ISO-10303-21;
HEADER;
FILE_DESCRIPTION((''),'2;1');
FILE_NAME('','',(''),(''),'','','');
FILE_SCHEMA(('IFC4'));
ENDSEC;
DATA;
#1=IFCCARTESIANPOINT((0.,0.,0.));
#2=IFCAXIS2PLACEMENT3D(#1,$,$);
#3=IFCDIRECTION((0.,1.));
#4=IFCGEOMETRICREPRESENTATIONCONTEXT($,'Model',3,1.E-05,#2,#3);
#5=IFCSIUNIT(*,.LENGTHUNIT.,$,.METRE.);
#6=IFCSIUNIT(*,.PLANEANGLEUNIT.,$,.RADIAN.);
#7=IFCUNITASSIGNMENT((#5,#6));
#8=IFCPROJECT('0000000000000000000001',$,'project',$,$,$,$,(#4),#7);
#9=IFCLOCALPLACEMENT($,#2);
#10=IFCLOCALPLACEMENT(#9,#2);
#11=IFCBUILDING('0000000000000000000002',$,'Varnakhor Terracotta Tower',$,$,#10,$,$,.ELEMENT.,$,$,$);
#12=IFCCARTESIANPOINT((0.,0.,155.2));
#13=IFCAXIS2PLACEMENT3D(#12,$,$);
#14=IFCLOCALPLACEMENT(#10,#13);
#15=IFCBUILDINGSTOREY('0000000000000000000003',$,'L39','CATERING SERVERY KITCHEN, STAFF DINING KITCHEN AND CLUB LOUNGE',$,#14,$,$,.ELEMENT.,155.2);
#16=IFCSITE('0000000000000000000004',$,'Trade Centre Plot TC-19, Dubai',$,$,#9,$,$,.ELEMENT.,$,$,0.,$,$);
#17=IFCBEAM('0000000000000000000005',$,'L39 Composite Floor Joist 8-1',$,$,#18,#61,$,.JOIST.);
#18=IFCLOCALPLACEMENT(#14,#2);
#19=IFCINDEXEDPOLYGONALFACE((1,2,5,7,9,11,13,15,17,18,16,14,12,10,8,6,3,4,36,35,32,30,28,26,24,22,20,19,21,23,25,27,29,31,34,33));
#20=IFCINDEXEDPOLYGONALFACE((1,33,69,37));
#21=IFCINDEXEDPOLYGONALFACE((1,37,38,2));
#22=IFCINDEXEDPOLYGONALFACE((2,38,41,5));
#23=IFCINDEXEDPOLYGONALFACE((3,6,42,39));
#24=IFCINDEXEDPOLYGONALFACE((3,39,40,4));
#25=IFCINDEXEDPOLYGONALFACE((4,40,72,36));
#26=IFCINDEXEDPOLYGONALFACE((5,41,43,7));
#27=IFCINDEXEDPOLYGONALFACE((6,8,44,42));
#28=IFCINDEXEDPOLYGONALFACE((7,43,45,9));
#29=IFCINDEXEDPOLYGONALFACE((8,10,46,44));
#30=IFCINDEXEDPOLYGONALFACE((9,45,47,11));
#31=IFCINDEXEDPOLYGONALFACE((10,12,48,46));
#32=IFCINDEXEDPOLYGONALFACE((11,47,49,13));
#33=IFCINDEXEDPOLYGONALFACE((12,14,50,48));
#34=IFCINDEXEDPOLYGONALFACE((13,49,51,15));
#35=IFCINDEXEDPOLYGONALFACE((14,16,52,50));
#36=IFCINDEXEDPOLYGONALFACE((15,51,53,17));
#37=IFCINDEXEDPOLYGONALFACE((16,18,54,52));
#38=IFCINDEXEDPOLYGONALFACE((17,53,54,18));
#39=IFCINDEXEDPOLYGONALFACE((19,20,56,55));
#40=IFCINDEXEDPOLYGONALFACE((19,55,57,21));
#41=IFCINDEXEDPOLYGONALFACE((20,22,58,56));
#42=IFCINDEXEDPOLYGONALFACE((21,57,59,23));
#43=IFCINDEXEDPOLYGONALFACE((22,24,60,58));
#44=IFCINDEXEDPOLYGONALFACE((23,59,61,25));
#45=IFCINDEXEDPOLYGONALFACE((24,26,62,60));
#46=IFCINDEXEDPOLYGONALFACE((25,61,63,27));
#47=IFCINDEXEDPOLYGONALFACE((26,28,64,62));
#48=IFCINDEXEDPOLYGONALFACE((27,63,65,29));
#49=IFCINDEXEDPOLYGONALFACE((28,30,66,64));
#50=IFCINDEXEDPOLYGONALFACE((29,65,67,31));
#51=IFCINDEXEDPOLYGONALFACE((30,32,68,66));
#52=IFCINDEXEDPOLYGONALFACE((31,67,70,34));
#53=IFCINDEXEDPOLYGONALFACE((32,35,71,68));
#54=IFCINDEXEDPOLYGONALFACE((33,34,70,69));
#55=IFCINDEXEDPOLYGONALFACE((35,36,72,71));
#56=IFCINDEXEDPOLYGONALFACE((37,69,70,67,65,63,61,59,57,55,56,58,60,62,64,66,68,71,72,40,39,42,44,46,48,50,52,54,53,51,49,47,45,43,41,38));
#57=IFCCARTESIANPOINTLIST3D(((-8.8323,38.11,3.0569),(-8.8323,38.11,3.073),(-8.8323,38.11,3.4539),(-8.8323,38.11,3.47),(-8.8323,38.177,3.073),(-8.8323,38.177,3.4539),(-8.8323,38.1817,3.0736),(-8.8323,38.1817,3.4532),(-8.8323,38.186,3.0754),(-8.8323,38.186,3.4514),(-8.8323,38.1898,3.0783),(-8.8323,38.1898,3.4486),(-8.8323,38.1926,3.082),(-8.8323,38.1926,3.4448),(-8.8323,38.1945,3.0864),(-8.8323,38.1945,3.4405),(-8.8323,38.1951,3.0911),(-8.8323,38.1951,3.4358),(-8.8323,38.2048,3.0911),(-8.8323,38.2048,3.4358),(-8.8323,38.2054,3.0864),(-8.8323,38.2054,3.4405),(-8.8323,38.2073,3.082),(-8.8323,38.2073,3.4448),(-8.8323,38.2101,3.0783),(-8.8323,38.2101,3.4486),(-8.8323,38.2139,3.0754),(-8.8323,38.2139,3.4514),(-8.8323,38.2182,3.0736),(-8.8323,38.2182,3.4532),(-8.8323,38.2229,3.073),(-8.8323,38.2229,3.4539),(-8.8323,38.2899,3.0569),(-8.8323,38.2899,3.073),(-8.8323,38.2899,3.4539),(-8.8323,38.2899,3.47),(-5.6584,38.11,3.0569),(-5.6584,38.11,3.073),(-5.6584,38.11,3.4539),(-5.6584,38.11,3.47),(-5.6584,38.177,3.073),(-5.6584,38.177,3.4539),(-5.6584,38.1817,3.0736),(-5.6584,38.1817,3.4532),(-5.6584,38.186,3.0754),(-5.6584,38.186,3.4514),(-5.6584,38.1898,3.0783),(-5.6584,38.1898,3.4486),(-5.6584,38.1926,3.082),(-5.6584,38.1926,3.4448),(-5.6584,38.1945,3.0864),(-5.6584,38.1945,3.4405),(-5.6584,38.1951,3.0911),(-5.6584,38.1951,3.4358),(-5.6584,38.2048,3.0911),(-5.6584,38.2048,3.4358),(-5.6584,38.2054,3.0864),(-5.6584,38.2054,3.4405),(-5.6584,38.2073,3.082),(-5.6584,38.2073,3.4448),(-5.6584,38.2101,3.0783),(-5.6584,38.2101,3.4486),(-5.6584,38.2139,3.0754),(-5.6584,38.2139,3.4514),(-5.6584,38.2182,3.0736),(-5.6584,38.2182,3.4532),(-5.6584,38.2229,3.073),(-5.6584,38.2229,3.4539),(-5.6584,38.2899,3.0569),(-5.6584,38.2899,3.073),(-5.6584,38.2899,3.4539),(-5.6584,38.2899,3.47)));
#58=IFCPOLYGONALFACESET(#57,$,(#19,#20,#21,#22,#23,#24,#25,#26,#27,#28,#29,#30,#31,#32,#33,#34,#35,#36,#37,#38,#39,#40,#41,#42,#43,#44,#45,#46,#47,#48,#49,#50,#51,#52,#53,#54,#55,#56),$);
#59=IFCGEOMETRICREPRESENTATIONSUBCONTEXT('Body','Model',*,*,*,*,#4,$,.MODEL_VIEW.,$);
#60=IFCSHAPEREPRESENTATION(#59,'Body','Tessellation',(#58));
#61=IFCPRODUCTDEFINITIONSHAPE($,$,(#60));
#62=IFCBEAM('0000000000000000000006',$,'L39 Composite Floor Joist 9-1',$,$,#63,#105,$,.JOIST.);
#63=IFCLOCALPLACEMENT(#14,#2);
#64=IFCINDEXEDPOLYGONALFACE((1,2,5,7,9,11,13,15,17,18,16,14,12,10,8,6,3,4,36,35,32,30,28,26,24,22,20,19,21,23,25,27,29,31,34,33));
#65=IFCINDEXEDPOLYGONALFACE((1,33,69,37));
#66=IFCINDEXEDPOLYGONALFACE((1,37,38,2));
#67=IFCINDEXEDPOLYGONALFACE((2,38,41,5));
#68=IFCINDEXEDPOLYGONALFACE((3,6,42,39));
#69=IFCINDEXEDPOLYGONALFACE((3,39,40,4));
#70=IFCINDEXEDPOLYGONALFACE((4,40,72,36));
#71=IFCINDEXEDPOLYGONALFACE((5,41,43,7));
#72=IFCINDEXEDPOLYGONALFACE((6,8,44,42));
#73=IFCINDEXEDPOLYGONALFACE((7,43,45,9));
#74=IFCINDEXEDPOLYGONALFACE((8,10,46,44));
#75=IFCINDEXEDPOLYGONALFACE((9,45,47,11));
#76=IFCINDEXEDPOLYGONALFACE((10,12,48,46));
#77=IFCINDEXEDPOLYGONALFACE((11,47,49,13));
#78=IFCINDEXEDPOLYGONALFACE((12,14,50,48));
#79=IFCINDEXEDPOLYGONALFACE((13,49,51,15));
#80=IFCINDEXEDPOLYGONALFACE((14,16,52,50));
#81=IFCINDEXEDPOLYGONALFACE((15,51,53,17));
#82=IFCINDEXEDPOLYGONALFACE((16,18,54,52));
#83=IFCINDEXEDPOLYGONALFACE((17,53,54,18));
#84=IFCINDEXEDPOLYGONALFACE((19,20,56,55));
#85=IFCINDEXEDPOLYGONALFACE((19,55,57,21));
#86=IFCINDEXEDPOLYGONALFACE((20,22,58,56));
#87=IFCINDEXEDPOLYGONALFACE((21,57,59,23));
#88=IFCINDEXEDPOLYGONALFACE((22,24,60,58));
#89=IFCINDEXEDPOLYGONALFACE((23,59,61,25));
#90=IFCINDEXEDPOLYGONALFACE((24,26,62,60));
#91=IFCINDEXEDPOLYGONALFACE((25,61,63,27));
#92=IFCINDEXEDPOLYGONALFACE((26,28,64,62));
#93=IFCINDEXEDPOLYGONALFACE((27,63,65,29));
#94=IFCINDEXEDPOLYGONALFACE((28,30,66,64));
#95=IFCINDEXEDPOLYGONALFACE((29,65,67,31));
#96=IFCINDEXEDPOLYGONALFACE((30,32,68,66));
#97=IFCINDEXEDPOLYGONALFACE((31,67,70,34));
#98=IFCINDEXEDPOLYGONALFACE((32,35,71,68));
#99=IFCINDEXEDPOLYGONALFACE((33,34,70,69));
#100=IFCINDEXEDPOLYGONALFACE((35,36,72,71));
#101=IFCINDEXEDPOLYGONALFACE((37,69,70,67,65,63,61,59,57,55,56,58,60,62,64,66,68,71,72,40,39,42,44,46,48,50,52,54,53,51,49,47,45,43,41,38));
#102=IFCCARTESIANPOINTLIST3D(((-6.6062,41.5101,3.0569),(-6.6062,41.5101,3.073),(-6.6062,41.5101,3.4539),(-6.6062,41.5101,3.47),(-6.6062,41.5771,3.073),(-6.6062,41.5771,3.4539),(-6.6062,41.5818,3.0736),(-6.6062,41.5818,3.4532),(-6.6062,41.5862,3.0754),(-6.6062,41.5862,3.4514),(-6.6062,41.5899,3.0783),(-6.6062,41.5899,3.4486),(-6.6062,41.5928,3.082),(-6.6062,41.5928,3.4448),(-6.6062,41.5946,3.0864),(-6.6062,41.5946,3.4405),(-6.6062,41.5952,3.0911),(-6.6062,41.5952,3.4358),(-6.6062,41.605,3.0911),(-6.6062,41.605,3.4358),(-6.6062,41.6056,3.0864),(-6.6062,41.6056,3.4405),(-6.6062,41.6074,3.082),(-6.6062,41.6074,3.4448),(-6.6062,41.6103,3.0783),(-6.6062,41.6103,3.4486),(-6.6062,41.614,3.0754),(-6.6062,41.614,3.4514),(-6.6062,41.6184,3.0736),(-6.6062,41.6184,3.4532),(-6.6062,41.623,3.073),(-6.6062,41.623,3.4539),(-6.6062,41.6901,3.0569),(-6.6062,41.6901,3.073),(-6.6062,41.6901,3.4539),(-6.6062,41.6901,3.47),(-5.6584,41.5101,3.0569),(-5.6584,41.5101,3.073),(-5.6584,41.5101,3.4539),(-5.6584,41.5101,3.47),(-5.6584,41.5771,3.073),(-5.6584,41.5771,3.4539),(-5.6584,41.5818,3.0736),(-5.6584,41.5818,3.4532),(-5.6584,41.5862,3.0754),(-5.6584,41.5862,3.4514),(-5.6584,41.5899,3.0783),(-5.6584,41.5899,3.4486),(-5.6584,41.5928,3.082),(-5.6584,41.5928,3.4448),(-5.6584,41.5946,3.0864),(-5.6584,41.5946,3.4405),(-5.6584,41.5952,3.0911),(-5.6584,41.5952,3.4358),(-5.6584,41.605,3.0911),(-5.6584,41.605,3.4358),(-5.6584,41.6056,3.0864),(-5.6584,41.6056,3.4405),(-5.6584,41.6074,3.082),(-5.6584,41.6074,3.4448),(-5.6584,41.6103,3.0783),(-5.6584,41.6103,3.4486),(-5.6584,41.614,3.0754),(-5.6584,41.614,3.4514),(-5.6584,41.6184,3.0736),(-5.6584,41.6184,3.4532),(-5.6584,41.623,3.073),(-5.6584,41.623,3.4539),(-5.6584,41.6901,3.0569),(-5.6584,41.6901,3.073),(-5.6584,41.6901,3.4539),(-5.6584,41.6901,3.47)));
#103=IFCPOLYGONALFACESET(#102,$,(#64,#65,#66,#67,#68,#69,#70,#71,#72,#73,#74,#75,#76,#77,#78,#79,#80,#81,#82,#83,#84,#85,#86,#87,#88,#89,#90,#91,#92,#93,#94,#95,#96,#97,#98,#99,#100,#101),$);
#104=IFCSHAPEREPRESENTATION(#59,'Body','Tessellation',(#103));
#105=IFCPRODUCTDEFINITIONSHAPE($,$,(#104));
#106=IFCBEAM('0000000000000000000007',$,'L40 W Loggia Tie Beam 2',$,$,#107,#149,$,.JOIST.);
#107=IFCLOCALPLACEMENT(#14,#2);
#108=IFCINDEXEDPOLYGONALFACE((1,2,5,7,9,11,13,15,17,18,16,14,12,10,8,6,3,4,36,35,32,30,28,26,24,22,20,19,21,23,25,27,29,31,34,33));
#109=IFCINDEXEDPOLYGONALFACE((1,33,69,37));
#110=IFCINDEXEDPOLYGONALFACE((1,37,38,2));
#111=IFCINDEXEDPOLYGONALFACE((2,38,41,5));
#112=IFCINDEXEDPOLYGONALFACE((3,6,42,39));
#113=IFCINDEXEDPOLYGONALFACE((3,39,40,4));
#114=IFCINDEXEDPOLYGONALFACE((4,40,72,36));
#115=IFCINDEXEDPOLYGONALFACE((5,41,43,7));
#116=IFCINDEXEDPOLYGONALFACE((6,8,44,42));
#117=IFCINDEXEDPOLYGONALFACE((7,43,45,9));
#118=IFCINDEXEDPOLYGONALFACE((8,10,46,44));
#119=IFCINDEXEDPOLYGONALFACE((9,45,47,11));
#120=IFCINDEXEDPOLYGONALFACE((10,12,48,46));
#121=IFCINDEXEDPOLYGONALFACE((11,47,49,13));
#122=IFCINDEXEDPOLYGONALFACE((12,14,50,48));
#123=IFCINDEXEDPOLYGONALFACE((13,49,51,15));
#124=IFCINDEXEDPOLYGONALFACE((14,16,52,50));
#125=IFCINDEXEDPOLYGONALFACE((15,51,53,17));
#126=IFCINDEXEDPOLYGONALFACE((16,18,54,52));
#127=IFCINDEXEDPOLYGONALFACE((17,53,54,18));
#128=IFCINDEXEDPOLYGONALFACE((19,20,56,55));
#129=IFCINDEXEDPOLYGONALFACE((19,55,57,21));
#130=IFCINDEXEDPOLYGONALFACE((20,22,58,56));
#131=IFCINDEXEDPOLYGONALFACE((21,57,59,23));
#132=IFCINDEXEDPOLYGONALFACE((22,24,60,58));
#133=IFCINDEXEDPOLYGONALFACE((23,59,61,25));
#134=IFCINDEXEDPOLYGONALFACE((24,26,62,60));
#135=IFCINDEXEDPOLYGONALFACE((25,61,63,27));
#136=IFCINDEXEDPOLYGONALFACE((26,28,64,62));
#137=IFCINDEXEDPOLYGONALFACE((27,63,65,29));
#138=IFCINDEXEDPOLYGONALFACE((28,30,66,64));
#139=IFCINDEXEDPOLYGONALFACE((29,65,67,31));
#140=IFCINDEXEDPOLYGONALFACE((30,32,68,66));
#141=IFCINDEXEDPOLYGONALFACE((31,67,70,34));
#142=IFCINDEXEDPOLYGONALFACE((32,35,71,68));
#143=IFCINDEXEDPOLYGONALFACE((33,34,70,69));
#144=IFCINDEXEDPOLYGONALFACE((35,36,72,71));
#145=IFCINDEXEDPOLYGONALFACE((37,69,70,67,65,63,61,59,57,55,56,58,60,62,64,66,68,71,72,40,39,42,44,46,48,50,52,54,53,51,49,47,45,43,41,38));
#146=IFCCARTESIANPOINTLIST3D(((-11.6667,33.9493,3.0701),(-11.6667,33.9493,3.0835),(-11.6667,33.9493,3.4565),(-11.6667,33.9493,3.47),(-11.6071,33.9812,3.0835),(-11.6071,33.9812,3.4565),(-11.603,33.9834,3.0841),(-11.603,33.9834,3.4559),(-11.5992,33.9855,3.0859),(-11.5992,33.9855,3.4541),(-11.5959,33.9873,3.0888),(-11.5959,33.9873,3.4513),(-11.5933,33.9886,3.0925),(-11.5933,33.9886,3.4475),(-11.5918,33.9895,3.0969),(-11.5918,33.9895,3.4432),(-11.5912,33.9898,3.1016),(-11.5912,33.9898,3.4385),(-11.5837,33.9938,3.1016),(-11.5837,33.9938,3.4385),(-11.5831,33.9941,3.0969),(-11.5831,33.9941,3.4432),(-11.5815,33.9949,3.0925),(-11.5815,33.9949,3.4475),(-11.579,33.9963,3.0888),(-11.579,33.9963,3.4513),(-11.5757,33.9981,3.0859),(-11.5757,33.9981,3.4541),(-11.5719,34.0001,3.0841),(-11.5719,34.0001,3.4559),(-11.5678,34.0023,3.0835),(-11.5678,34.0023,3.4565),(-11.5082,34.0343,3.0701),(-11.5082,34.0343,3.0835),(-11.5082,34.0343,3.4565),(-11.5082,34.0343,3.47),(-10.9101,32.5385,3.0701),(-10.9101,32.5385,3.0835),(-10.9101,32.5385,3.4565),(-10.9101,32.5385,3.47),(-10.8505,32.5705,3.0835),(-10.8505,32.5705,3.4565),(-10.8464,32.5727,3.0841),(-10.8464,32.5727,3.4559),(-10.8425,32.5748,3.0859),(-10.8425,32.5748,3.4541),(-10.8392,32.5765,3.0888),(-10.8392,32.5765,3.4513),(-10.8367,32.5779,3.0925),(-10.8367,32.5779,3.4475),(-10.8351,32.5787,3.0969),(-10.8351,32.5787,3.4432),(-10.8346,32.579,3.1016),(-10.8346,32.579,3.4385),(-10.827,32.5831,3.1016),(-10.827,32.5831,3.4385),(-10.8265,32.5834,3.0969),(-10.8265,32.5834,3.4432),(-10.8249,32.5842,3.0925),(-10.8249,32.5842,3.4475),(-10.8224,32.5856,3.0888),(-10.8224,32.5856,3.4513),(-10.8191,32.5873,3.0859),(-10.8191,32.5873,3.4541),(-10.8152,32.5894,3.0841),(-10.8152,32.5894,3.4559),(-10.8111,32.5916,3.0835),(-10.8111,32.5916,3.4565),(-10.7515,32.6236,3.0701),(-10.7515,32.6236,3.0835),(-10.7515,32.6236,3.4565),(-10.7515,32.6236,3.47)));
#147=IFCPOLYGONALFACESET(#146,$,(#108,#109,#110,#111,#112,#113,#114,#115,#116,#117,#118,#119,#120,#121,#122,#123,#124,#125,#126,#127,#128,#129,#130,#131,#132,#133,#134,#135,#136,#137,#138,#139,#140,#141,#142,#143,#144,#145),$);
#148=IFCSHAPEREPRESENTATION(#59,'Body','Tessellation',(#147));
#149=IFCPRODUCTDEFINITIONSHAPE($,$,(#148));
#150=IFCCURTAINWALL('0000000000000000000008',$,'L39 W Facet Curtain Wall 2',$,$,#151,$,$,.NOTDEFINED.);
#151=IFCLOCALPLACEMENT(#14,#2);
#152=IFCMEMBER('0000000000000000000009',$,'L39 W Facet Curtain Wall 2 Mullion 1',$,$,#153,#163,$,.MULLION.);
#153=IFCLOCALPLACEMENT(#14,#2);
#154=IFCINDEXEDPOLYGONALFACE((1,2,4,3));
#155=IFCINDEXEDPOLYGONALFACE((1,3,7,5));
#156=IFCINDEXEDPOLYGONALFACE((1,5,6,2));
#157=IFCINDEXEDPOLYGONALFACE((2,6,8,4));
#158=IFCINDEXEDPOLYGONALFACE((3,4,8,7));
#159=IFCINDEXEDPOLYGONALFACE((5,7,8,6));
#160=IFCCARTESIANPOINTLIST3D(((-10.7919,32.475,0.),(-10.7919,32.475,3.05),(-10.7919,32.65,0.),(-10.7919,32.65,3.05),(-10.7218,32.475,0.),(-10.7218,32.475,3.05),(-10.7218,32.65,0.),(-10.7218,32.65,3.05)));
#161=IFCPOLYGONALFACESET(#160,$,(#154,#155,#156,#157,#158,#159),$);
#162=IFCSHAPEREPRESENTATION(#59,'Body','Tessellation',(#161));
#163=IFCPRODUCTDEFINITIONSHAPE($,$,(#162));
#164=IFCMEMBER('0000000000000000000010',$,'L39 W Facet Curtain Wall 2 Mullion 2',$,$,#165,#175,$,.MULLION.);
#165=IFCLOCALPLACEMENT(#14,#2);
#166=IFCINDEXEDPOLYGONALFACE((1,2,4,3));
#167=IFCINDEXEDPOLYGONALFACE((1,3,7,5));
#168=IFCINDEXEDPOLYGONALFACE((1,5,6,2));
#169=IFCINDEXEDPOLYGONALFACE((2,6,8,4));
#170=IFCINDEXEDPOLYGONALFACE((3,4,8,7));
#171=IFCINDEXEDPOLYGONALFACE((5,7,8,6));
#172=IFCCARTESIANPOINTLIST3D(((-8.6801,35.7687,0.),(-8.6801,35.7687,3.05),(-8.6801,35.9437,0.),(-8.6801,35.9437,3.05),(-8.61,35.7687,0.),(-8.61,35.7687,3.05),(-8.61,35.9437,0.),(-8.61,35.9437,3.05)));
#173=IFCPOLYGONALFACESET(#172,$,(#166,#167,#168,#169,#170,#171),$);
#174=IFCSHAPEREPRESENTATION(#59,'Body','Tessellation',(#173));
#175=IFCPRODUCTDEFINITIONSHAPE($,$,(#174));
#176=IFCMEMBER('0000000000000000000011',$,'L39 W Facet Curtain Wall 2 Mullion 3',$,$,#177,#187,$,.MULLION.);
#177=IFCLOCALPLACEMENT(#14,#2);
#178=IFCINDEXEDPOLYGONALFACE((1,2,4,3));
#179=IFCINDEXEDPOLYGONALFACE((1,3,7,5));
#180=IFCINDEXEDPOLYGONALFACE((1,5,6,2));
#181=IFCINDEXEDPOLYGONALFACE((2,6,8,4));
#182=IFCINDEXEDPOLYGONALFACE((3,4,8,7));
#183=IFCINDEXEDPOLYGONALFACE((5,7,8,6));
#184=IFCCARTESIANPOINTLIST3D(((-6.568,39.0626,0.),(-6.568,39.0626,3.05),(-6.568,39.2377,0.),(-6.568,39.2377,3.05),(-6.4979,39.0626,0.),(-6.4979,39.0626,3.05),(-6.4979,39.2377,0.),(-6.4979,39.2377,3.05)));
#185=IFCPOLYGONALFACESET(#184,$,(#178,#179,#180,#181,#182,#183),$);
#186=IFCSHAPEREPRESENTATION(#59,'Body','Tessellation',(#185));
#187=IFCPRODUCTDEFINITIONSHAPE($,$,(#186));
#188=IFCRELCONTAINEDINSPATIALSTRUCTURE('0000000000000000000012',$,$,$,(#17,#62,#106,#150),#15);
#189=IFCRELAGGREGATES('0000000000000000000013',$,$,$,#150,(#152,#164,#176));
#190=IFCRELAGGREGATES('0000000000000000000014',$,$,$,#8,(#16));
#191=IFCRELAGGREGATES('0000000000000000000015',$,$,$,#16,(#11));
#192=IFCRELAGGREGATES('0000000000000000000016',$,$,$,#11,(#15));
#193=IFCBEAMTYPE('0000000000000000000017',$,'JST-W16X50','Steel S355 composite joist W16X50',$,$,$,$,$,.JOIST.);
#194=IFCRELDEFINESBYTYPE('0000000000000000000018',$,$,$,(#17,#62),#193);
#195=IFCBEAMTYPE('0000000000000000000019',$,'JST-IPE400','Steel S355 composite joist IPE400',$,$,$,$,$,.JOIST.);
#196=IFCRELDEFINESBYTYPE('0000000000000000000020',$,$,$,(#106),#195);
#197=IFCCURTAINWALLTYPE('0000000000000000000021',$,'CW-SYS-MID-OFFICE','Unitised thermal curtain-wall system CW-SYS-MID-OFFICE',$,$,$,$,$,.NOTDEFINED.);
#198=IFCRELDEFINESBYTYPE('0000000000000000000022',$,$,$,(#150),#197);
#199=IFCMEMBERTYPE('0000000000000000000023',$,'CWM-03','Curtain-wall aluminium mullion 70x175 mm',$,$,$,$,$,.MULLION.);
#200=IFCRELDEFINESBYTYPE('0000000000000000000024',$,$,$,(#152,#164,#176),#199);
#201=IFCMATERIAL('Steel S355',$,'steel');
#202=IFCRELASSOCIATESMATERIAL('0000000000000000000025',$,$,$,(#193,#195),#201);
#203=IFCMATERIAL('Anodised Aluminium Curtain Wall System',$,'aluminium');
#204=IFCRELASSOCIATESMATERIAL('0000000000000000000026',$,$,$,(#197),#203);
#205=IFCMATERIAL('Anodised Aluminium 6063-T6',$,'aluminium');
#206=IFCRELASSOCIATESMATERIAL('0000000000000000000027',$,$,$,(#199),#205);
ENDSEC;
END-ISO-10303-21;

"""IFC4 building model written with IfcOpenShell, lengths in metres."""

from ifc_helpers import new_model, si_unit, direction, frame, origin, origin_2d, place, context, subcontext, project, spatial, rectangle, i_section, extrude, source, transform, mapped, material, material_profile, profile_set, type_object, element, aggregate, save


model = new_model("IFC4")

# Units and contexts
model_context = context("Model", 3, precision=1e-05, world=origin(), true_north=direction((0.0, 1.0)))
body_context = subcontext(model_context, "Body", "Model", "MODEL_VIEW")
ifc_project = project(units=[si_unit("LENGTHUNIT", "METRE"), si_unit("PLANEANGLEUNIT", "RADIAN")], contexts=[model_context])

# Site, building, storey
site_placement = place(None, origin())
site = spatial("IfcSite", under=ifc_project, at=site_placement, Name="Trade Centre Plot TC-19, Dubai", CompositionType="ELEMENT", RefElevation=0.0)
building_placement = place(site_placement, origin())
building = spatial("IfcBuilding", under=site, at=building_placement, Name="Varnakhor Terracotta Tower", CompositionType="ELEMENT")
storey_placement = place(building_placement, frame((0.0, 0.0, 155.2)))
storey = spatial("IfcBuildingStorey", under=building, at=storey_placement, Name="L39", Description="CATERING SERVERY KITCHEN, STAFF DINING KITCHEN AND CLUB LOUNGE", CompositionType="ELEMENT", Elevation=155.2)

# Beams
ifc_material_1 = material(Name="Steel S355", Category="steel")
ifc_material_profile_1 = material_profile(ifc_material_1, i_section(OverallWidth=0.1799, OverallDepth=0.4131, WebThickness=0.0098, FlangeThickness=0.0161, FilletRadius=0.0181, at=origin_2d()), Name="W16X50")
ifc_profile_set_1 = profile_set([ifc_material_profile_1], Name="Steel S355")
beam_type_1 = type_object("IfcBeamType", Name="JST-W16X50", Description="Steel S355 composite joist W16X50", PredefinedType="JOIST", material=ifc_profile_set_1)
ifc_material_profile_2 = material_profile(ifc_material_1, i_section(OverallWidth=0.1799, OverallDepth=0.3999, WebThickness=0.0085, FlangeThickness=0.0134, FilletRadius=0.0181, at=origin_2d()), Name="IPE400")
ifc_profile_set_2 = profile_set([ifc_material_profile_2], Name="Steel S355")
beam_type_2 = type_object("IfcBeamType", Name="JST-IPE400", Description="Steel S355 composite joist IPE400", PredefinedType="JOIST", material=ifc_profile_set_2)
shared_shape_1 = source(origin(), body_context, "Body", "SweptSolid", [
    extrude(i_section(OverallWidth=0.1799, OverallDepth=0.4131, WebThickness=0.0098, FlangeThickness=0.0161, FilletRadius=0.0181, at=origin_2d()), origin(), (0.0, 0.0, 1.0), 3.1738),
])
beam_1_placement = place(storey_placement, frame((-8.8323, 38.2, 3.2634), z_axis=(1.0, 0.0, 0.0), x_axis=(0.0, 1.0, 0.0)))
element("IfcBeam", 1, at=beam_1_placement, inside=storey, type_object=beam_type_1, Name="L39 Composite Floor Joist 8-1", PredefinedType="JOIST", context=body_context, shape_type="MappedRepresentation", body=[
    mapped(shared_shape_1, transform((0.0, 0.0, 0.0), scale=1.0)),
])
shared_shape_2 = source(origin(), body_context, "Body", "SweptSolid", [
    extrude(i_section(OverallWidth=0.1799, OverallDepth=0.4131, WebThickness=0.0098, FlangeThickness=0.0161, FilletRadius=0.0181, at=origin_2d()), origin(), (0.0, 0.0, 1.0), 0.9478),
])
beam_2_placement = place(storey_placement, frame((-6.6062, 41.6001, 3.2634), z_axis=(1.0, 0.0, 0.0), x_axis=(0.0, 1.0, 0.0)))
element("IfcBeam", 2, at=beam_2_placement, inside=storey, type_object=beam_type_1, Name="L39 Composite Floor Joist 9-1", PredefinedType="JOIST", context=body_context, shape_type="MappedRepresentation", body=[
    mapped(shared_shape_2, transform((0.0, 0.0, 0.0), scale=1.0)),
])
shared_shape_3 = source(origin(), body_context, "Body", "SweptSolid", [
    extrude(i_section(OverallWidth=0.1799, OverallDepth=0.3999, WebThickness=0.0085, FlangeThickness=0.0134, FilletRadius=0.0181, at=origin_2d()), origin(), (0.0, 0.0, 1.0), 1.6008),
])
beam_3_placement = place(storey_placement, frame((-10.8308, 32.5811, 3.27), z_axis=(-0.472653, 0.881249, 0.0), x_axis=(-0.881249, -0.472653, 0.0)))
element("IfcBeam", 3, at=beam_3_placement, inside=storey, type_object=beam_type_2, Name="L40 W Loggia Tie Beam 2", PredefinedType="JOIST", context=body_context, shape_type="MappedRepresentation", body=[
    mapped(shared_shape_3, transform((0.0, 0.0, 0.0), scale=1.0)),
])

# Curtain wall, members
ifc_material_2 = material(Name="Anodised Aluminium Curtain Wall System", Category="aluminium")
curtain_wall_type = type_object("IfcCurtainWallType", Name="CW-SYS-MID-OFFICE", Description="Unitised thermal curtain-wall system CW-SYS-MID-OFFICE", PredefinedType="NOTDEFINED", material=ifc_material_2)
curtain_wall_1_placement = place(storey_placement, origin())
curtain_wall_1 = element("IfcCurtainWall", 4, at=curtain_wall_1_placement, inside=storey, type_object=curtain_wall_type, Name="L39 W Facet Curtain Wall 2", PredefinedType="NOTDEFINED")
ifc_material_3 = material(Name="Anodised Aluminium 6063-T6", Category="aluminium")
ifc_material_profile_3 = material_profile(ifc_material_3, rectangle(XDim=0.0701, YDim=0.175, at=origin_2d()), Name="ALU MULLION 70x175")
ifc_profile_set_3 = profile_set([ifc_material_profile_3], Name="Anodised Aluminium 6063-T6")
member_type_1 = type_object("IfcMemberType", Name="CWM-03", Description="Curtain-wall aluminium mullion 70x175 mm", PredefinedType="MULLION", material=ifc_profile_set_3)
shared_shape_4 = source(origin(), body_context, "Body", "SweptSolid", [
    extrude(rectangle(XDim=0.0701, YDim=0.175, at=origin_2d()), origin(), (0.0, 0.0, 1.0), 3.05),
])
member_1_placement = place(storey_placement, frame((-10.7568, 32.5625, 0.0), z_axis=(0.0, 0.0, 1.0), x_axis=(1.0, 0.0, 0.0)))
member_1 = element("IfcMember", 5, at=member_1_placement, type_object=member_type_1, Name="L39 W Facet Curtain Wall 2 Mullion 1", PredefinedType="MULLION", context=body_context, shape_type="MappedRepresentation", body=[
    mapped(shared_shape_4, transform((0.0, 0.0, 0.0), scale=1.0)),
])
member_2_placement = place(storey_placement, frame((-8.645, 35.8562, 0.0), z_axis=(0.0, 0.0, 1.0), x_axis=(1.0, 0.0, 0.0)))
member_2 = element("IfcMember", 6, at=member_2_placement, type_object=member_type_1, Name="L39 W Facet Curtain Wall 2 Mullion 2", PredefinedType="MULLION", context=body_context, shape_type="MappedRepresentation", body=[
    mapped(shared_shape_4, transform((0.0, 0.0, 0.0), scale=1.0)),
])
member_3_placement = place(storey_placement, frame((-6.533, 39.1501, 0.0), z_axis=(0.0, 0.0, 1.0), x_axis=(1.0, 0.0, 0.0)))
member_3 = element("IfcMember", 7, at=member_3_placement, type_object=member_type_1, Name="L39 W Facet Curtain Wall 2 Mullion 3", PredefinedType="MULLION", context=body_context, shape_type="MappedRepresentation", body=[
    mapped(shared_shape_4, transform((0.0, 0.0, 0.0), scale=1.0)),
])

aggregate(curtain_wall_1, [member_1, member_2, member_3])

save(model, "model.ifc")
